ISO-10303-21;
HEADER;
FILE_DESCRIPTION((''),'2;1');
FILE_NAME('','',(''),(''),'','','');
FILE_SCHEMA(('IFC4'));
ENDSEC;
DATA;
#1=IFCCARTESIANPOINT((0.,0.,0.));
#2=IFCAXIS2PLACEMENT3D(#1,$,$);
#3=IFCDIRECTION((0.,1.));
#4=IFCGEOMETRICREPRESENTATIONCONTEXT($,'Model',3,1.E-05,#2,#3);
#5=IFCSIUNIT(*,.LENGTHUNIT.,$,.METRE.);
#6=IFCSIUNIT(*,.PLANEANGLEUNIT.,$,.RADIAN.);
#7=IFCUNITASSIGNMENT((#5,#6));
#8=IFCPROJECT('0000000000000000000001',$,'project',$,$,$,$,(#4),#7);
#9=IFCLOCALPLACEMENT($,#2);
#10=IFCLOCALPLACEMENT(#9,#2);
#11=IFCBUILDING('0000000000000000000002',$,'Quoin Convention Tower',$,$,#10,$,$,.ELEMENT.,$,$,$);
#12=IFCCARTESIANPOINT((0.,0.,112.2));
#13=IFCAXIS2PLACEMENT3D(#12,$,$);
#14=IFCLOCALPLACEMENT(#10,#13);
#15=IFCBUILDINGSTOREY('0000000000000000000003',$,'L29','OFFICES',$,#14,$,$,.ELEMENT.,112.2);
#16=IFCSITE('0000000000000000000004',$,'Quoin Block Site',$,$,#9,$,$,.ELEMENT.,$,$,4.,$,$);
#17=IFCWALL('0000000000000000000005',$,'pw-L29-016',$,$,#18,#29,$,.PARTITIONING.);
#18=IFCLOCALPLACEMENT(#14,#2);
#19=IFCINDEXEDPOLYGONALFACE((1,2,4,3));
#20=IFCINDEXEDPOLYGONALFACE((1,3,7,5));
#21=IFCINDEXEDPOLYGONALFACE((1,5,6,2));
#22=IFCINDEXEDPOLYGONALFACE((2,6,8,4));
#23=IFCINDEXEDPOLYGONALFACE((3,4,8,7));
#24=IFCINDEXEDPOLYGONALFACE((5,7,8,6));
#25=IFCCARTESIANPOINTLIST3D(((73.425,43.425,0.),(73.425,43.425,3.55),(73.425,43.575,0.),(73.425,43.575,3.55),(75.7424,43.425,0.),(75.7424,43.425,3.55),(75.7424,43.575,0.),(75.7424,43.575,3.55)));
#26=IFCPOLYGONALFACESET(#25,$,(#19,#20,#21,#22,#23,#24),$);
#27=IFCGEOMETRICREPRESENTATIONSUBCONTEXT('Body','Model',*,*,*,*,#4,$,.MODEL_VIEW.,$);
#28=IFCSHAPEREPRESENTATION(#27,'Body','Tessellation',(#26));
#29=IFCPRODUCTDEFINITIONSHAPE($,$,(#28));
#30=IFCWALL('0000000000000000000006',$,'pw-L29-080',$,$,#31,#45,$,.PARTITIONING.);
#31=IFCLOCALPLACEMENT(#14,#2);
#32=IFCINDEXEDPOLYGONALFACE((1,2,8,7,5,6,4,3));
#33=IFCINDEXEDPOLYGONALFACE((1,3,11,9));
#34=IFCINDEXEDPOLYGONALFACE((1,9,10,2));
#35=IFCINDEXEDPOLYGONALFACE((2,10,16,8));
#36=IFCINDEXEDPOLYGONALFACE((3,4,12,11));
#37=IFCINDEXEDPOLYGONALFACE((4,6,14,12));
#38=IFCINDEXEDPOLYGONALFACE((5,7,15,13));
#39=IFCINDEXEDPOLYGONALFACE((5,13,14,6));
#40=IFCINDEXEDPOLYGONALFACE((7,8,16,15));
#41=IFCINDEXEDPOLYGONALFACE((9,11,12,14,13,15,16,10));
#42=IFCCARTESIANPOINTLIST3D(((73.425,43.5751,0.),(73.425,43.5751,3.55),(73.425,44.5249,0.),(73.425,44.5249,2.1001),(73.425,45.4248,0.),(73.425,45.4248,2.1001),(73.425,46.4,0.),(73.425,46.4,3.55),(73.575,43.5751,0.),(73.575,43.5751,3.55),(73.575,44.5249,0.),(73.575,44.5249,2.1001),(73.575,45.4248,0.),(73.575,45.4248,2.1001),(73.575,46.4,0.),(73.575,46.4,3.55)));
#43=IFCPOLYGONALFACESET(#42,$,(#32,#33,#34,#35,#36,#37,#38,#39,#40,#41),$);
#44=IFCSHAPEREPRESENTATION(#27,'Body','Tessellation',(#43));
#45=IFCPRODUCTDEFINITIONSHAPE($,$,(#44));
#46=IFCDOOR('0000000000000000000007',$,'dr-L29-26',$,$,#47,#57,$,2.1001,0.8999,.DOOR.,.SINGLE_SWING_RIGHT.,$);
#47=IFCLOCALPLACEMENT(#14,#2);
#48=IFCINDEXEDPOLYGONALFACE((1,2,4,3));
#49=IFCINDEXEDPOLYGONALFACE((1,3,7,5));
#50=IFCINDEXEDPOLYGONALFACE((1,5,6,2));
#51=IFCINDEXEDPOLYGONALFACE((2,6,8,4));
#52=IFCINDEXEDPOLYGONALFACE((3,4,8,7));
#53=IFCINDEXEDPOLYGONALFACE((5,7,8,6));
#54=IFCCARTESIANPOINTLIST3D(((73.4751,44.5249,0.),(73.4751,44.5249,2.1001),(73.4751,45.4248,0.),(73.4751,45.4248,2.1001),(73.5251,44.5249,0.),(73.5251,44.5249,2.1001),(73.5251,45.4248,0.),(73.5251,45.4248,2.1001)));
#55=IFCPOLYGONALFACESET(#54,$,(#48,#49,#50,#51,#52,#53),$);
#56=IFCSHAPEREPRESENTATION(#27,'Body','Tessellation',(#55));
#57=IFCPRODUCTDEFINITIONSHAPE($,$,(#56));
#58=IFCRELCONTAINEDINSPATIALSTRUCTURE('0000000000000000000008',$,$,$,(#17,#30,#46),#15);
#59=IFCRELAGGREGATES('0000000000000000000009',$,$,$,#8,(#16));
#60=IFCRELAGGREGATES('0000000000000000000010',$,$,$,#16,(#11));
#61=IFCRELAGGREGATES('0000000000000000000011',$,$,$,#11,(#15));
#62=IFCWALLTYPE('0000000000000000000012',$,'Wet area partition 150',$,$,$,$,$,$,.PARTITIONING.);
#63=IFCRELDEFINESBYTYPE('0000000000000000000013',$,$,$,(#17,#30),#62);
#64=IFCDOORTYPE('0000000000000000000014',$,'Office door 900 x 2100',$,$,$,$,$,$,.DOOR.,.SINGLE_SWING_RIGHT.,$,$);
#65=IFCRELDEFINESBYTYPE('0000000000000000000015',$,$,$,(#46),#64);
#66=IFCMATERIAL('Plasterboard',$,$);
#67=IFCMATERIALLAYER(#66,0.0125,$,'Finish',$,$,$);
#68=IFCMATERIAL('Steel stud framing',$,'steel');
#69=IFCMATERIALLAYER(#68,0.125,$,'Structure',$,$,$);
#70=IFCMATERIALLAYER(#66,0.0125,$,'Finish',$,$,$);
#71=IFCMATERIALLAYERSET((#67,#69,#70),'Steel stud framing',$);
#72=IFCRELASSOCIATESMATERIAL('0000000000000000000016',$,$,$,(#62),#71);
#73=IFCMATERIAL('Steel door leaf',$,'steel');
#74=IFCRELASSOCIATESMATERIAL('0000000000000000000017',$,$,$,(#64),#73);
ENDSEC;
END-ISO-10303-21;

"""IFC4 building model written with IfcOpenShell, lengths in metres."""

from ifc_helpers import new_model, si_unit, direction, frame, frame_2d, origin, place, context, subcontext, project, spatial, rectangle, extrude, material, layer, layer_set, type_object, element, fill, save


model = new_model("IFC4")

# Units and contexts
model_context = context("Model", 3, precision=1e-05, world=origin(), true_north=direction((0.0, 1.0)))
body_context = subcontext(model_context, "Body", "Model", "MODEL_VIEW")
ifc_project = project(units=[si_unit("LENGTHUNIT", "METRE"), si_unit("PLANEANGLEUNIT", "RADIAN")], contexts=[model_context])

# Site, building, storey
site_placement = place(None, origin())
site = spatial("IfcSite", under=ifc_project, at=site_placement, Name="Quoin Block Site", CompositionType="ELEMENT", RefElevation=4.0)
building_placement = place(site_placement, origin())
building = spatial("IfcBuilding", under=site, at=building_placement, Name="Quoin Convention Tower", CompositionType="ELEMENT")
storey_placement = place(building_placement, frame((0.0, 0.0, 112.2)))
storey = spatial("IfcBuildingStorey", under=building, at=storey_placement, Name="L29", Description="OFFICES", CompositionType="ELEMENT", Elevation=112.2)

# Wall
ifc_material_1 = material(Name="Plasterboard")
ifc_material_2 = material(Name="Steel stud framing", Category="steel")
ifc_layer_1 = layer(ifc_material_1, 0.0125, Name="Finish")
ifc_layer_2 = layer(ifc_material_2, 0.125, Name="Structure")
ifc_layer_3 = layer(ifc_material_1, 0.0125, Name="Finish")
ifc_layer_set_1 = layer_set([ifc_layer_1, ifc_layer_2, ifc_layer_3], Name="Steel stud framing")
wall_type_1 = type_object("IfcWallType", Name="Wet area partition 150", PredefinedType="PARTITIONING", material=ifc_layer_set_1)
wall_1_placement = place(storey_placement, frame((73.425, 43.5, 0.0), z_axis=(0.0, 0.0, 1.0), x_axis=(1.0, 0.0, 0.0)))
element("IfcWall", 1, at=wall_1_placement, inside=storey, type_object=wall_type_1, Name="pw-L29-016", PredefinedType="PARTITIONING", context=body_context, shape_type="SweptSolid", body=[
    extrude(rectangle(XDim=2.3174, YDim=0.1499, at=frame_2d((1.1587, 0.0))), origin(), (0.0, 0.0, 1.0), 3.55),
])

# Wall, opening, door
wall_2_placement = place(storey_placement, frame((73.5, 43.575, 0.0), z_axis=(0.0, 0.0, 1.0), x_axis=(0.0, 1.0, 0.0)))
wall_2 = element("IfcWall", 2, at=wall_2_placement, inside=storey, type_object=wall_type_1, Name="pw-L29-080", PredefinedType="PARTITIONING", context=body_context, shape_type="SweptSolid", body=[
    extrude(rectangle(XDim=2.825, YDim=0.1499, at=frame_2d((1.4126, 0.0))), origin(), (0.0, 0.0, 1.0), 3.55),
])
opening_1_placement = place(wall_2_placement, frame((0.95, 0.0, 0.0)))
opening_1 = element("IfcOpeningElement", 3, at=opening_1_placement, cuts=wall_2, PredefinedType="OPENING", context=body_context, shape_type="SweptSolid", body=[
    extrude(rectangle(XDim=0.8999, YDim=2.1001, at=frame_2d((0.45, 1.05))), frame((0.0, 0.085, 0.0), z_axis=(0.0, -1.0, 0.0), x_axis=(1.0, 0.0, 0.0)), (0.0, 0.0, 1.0), 0.1699),
])
ifc_material_3 = material(Name="Steel door leaf", Category="steel")
door_type = type_object("IfcDoorType", Name="Office door 900 x 2100", OperationType="SINGLE_SWING_RIGHT", PredefinedType="DOOR", material=ifc_material_3)
door_placement = place(opening_1_placement, origin())
door = element("IfcDoor", 4, at=door_placement, inside=storey, type_object=door_type, Name="dr-L29-26", OperationType="SINGLE_SWING_RIGHT", OverallHeight=2.1001, OverallWidth=0.8999, PredefinedType="DOOR", context=body_context, shape_type="SweptSolid", body=[
    extrude(rectangle(XDim=0.8999, YDim=2.1001, at=frame_2d((0.45, 1.05))), frame((0.0, 0.0249, 0.0), z_axis=(0.0, -1.0, 0.0), x_axis=(1.0, 0.0, 0.0)), (0.0, 0.0, 1.0), 0.05),
])
fill(opening_1, door)

save(model, "model.ifc")
